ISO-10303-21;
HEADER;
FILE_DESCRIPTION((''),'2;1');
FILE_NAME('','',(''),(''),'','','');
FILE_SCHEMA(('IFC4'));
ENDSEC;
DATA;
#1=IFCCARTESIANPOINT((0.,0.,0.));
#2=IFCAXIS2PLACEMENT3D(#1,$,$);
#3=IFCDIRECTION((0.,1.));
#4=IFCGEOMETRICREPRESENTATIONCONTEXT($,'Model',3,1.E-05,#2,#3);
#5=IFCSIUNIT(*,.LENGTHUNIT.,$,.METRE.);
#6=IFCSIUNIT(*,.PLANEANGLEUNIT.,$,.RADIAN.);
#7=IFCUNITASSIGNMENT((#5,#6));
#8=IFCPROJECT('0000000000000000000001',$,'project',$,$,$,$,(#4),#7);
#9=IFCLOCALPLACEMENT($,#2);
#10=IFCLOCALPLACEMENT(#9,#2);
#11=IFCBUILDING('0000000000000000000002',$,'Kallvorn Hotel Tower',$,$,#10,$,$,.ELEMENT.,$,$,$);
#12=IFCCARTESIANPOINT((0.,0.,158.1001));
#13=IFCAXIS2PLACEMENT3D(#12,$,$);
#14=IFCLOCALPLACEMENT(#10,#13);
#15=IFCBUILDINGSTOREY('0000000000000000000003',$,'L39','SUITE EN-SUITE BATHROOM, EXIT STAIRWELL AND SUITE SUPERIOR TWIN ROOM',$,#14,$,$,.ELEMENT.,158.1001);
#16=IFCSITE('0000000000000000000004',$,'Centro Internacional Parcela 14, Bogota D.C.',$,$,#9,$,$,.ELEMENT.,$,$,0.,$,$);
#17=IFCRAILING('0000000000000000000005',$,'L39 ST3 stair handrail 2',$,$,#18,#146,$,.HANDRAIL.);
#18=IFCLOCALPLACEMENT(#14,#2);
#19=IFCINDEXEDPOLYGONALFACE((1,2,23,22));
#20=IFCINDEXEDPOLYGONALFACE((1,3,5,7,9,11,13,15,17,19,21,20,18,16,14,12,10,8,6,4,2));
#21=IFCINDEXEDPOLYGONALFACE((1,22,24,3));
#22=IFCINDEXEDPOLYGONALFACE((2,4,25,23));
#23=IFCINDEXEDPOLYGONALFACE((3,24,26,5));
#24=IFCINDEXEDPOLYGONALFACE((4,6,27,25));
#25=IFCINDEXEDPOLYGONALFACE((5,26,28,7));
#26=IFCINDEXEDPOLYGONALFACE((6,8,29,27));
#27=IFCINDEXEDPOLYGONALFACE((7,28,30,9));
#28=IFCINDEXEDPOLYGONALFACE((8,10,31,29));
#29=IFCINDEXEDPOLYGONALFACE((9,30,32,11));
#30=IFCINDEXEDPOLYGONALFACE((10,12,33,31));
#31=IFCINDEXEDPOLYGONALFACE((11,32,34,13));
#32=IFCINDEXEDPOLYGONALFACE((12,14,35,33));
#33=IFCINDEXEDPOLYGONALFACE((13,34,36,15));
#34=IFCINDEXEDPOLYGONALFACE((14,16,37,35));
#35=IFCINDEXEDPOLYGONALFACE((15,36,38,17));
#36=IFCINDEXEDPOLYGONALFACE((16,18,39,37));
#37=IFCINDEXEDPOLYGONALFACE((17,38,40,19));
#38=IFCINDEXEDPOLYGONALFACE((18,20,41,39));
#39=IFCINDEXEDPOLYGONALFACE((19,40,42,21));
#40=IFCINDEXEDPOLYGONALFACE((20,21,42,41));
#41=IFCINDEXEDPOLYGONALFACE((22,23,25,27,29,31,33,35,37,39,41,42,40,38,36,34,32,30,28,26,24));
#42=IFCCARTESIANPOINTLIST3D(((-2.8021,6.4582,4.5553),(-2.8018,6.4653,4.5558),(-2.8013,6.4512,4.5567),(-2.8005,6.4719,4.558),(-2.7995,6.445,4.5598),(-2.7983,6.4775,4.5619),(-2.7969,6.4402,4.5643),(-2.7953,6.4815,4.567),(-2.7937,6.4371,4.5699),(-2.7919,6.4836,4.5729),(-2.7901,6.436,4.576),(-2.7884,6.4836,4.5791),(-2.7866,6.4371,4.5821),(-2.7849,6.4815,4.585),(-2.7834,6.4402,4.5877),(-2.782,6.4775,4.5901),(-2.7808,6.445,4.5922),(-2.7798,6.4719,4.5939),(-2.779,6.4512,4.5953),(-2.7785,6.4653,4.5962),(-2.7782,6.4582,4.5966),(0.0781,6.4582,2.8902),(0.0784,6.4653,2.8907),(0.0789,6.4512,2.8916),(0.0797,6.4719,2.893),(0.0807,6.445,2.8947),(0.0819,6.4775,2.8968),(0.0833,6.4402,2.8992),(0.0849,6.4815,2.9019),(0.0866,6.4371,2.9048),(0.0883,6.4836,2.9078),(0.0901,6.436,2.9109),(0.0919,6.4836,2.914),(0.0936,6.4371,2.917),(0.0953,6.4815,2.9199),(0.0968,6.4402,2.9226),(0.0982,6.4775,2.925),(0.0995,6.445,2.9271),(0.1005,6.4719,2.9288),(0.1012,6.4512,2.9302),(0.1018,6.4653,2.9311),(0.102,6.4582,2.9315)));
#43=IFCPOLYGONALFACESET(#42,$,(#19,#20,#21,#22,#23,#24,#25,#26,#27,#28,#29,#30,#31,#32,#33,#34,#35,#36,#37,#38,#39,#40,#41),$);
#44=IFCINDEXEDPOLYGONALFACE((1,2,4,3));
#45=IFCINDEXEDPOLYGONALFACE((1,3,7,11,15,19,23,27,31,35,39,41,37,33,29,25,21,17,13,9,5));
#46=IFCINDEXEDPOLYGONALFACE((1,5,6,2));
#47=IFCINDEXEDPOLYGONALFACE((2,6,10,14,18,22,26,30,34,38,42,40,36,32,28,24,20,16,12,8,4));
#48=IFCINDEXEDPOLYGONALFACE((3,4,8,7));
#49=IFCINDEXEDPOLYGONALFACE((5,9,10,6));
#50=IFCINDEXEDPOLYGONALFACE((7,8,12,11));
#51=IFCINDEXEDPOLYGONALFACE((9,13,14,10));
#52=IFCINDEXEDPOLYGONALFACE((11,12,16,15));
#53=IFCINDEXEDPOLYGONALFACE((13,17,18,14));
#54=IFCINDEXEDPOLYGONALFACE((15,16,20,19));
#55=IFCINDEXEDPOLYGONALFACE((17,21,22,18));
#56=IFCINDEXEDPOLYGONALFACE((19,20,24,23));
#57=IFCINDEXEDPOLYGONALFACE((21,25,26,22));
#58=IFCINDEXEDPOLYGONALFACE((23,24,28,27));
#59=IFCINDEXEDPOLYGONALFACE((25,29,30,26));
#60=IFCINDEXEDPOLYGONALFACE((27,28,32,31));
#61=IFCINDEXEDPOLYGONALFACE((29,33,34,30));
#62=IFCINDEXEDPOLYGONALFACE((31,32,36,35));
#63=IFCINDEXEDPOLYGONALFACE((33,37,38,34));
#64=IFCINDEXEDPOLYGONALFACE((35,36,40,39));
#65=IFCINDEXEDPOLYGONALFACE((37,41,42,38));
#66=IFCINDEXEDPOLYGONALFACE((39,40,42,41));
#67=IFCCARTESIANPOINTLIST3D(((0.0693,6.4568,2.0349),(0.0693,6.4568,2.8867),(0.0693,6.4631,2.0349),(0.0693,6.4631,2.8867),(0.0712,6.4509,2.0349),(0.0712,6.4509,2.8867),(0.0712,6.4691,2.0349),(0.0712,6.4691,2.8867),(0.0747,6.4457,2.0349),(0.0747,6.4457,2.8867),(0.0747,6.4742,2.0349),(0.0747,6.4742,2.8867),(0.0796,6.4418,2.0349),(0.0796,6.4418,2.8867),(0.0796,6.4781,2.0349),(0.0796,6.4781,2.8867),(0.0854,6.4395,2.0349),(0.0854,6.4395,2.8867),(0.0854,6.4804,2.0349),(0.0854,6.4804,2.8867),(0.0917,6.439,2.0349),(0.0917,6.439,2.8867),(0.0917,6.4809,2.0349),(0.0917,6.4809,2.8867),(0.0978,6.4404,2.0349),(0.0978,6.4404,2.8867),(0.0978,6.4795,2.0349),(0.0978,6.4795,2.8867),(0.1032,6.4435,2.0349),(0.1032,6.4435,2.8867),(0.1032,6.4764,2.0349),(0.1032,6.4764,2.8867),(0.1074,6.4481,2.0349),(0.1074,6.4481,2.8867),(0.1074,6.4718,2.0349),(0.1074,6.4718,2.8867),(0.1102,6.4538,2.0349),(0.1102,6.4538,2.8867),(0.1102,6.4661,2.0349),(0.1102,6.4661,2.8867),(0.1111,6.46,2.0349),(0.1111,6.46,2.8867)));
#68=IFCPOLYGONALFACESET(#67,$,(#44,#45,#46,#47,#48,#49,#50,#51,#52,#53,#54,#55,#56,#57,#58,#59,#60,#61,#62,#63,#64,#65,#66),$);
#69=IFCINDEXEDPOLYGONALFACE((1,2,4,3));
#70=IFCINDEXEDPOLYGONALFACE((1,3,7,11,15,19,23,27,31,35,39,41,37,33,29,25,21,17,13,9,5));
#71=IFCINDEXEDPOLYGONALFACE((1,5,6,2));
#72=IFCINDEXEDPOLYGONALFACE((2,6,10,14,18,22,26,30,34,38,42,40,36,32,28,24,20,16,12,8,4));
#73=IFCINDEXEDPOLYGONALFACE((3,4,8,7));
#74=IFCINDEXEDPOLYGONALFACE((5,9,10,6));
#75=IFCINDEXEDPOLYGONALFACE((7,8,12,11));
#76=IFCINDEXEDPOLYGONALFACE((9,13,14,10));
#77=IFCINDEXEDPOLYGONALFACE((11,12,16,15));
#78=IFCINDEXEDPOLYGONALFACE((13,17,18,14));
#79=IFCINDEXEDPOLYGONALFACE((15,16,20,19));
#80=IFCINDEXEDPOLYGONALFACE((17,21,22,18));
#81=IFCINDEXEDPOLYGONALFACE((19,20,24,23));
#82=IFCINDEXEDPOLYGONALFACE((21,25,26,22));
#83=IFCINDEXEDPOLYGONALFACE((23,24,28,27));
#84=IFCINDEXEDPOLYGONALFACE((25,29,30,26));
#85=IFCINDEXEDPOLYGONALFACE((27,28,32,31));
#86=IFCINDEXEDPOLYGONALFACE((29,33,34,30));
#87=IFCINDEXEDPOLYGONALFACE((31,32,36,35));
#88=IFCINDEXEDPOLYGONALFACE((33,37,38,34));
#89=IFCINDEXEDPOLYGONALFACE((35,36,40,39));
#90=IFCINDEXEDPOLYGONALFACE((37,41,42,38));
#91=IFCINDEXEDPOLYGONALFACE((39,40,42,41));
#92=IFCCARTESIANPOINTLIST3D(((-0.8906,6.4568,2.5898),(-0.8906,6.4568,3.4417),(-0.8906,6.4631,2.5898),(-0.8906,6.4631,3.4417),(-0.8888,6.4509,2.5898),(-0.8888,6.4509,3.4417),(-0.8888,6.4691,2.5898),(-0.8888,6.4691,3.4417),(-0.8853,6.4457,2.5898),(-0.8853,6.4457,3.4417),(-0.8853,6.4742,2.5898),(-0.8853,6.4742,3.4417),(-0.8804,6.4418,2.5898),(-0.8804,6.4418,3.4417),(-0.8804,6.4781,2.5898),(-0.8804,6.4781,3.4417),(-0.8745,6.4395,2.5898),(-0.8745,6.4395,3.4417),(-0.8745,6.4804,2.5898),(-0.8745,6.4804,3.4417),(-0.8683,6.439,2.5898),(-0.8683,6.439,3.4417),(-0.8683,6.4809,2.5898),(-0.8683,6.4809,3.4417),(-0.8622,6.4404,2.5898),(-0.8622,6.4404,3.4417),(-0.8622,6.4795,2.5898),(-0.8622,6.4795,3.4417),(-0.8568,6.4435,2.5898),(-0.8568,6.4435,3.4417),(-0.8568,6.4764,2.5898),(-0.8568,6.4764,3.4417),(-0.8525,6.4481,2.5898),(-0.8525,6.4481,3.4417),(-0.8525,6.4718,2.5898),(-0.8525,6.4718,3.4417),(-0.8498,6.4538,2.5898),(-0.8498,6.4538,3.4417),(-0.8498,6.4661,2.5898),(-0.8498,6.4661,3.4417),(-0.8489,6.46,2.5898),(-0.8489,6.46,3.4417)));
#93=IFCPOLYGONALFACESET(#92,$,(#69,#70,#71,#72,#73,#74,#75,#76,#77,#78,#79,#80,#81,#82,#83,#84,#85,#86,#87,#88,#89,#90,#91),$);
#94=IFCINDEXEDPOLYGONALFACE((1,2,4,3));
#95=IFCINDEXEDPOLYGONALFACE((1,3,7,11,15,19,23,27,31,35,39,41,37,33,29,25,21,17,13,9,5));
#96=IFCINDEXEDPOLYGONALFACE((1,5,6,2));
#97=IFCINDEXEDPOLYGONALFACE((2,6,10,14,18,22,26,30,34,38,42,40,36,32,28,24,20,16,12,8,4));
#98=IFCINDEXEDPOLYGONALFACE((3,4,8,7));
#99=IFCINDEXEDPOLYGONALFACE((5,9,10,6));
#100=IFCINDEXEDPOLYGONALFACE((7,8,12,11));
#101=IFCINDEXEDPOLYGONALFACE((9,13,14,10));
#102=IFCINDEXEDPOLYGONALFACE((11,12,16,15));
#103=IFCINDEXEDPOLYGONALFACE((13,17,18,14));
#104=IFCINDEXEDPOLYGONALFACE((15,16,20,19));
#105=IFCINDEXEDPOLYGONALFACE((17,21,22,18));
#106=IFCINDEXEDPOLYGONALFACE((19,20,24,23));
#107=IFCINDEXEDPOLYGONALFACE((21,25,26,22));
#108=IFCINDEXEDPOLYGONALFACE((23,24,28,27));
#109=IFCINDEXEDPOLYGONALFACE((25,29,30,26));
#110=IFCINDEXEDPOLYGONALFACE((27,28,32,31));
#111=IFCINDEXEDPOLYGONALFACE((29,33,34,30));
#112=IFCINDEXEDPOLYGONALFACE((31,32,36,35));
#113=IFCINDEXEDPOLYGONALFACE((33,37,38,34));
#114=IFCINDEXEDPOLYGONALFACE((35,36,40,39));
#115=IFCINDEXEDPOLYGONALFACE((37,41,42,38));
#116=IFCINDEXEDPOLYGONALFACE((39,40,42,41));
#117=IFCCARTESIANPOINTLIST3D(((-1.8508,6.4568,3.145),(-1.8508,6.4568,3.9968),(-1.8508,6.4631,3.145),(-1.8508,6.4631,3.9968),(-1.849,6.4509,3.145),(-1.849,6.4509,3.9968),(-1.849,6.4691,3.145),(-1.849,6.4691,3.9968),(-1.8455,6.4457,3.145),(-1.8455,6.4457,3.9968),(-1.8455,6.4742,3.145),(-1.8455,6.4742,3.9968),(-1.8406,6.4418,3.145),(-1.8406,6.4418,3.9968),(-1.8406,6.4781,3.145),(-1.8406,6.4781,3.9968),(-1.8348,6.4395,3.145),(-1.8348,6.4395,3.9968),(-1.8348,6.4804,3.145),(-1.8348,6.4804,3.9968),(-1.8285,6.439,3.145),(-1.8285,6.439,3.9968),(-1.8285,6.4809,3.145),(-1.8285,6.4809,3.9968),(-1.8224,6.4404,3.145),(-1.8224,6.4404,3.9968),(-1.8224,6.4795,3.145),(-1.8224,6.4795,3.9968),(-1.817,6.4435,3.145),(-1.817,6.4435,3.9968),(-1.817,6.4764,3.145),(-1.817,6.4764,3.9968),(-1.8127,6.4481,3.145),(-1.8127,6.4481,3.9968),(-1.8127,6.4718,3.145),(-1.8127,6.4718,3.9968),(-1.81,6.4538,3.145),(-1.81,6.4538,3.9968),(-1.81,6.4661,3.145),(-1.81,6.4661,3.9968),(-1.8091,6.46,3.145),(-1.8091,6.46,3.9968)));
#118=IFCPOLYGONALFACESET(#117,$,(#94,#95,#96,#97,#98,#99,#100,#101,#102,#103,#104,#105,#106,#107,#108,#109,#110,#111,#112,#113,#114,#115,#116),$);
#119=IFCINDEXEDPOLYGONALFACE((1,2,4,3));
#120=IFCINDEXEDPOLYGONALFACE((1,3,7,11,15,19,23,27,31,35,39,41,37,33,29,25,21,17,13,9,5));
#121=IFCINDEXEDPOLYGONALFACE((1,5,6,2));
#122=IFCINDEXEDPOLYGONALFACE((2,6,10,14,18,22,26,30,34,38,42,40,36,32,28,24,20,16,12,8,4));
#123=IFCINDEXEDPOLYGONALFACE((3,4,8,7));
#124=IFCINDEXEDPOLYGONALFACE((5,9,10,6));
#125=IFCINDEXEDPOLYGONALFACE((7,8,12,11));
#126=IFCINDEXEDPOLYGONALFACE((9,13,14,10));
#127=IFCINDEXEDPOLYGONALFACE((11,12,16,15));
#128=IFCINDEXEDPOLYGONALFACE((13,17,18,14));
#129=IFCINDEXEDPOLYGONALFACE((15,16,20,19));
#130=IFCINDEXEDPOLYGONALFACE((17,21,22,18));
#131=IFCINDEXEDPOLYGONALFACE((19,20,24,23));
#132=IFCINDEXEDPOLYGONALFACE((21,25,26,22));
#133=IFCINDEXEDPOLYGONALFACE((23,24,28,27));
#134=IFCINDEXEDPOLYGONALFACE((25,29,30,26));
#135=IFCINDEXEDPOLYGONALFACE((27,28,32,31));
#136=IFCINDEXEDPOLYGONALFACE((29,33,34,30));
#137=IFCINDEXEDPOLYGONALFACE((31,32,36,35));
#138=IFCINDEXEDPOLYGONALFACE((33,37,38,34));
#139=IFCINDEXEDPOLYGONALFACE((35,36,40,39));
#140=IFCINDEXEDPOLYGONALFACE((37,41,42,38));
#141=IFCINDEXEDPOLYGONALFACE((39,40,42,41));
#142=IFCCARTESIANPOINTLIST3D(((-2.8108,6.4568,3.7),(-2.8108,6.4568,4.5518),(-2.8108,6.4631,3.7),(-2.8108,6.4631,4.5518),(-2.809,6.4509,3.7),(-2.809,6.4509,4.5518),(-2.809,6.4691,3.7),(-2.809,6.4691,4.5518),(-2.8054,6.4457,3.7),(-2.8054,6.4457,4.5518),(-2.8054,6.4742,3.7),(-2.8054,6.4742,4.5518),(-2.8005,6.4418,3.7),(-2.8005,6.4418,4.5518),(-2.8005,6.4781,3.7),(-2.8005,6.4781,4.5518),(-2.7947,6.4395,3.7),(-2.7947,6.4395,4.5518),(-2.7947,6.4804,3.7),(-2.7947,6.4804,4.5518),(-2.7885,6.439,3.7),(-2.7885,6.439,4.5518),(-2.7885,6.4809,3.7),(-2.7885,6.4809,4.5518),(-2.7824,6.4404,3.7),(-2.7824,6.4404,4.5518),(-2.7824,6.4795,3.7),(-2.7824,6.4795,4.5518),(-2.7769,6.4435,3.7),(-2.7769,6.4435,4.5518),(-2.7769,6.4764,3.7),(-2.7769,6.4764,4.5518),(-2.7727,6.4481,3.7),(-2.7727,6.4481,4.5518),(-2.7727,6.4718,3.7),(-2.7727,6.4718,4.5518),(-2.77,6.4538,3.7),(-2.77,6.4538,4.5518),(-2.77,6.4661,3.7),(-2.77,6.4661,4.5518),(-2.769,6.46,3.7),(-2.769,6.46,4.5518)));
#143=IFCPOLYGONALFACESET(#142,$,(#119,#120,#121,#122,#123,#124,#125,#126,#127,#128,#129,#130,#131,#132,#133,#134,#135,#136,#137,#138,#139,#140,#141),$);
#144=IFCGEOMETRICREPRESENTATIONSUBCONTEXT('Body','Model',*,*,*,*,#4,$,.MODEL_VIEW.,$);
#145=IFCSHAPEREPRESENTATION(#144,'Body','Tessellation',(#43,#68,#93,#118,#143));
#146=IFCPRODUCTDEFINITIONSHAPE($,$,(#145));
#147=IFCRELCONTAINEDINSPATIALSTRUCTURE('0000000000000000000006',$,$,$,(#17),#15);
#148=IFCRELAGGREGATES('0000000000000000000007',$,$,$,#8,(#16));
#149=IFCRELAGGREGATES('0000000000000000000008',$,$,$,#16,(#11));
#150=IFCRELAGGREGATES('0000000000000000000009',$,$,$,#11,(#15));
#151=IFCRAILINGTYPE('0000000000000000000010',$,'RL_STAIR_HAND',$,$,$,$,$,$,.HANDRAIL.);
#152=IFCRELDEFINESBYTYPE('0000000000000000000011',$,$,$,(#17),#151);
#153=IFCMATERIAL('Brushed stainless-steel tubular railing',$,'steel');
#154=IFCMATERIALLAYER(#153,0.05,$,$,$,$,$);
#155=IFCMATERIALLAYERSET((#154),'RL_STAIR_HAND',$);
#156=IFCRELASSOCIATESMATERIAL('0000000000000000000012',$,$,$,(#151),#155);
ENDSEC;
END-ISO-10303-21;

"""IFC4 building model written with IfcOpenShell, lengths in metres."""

from ifc_helpers import new_model, si_unit, direction, frame, origin, origin_2d, place, context, subcontext, project, spatial, circle, extrude, material, layer, layer_set, type_object, element, save


model = new_model("IFC4")

# Units and contexts
model_context = context("Model", 3, precision=1e-05, world=origin(), true_north=direction((0.0, 1.0)))
body_context = subcontext(model_context, "Body", "Model", "MODEL_VIEW")
ifc_project = project(units=[si_unit("LENGTHUNIT", "METRE"), si_unit("PLANEANGLEUNIT", "RADIAN")], contexts=[model_context])

# Site, building, storey
site_placement = place(None, origin())
site = spatial("IfcSite", under=ifc_project, at=site_placement, Name="Centro Internacional Parcela 14, Bogota D.C.", CompositionType="ELEMENT", RefElevation=0.0)
building_placement = place(site_placement, origin())
building = spatial("IfcBuilding", under=site, at=building_placement, Name="Kallvorn Hotel Tower", CompositionType="ELEMENT")
storey_placement = place(building_placement, frame((0.0, 0.0, 158.1001)))
storey = spatial("IfcBuildingStorey", under=building, at=storey_placement, Name="L39", Description="SUITE EN-SUITE BATHROOM, EXIT STAIRWELL AND SUITE SUPERIOR TWIN ROOM", CompositionType="ELEMENT", Elevation=158.1001)

# Railing
ifc_material_1 = material(Name="Brushed stainless-steel tubular railing", Category="steel")
ifc_layer_1 = layer(ifc_material_1, 0.05)
ifc_layer_set_1 = layer_set([ifc_layer_1], Name="RL_STAIR_HAND")
railing_type_1 = type_object("IfcRailingType", Name="RL_STAIR_HAND", PredefinedType="HANDRAIL", material=ifc_layer_set_1)
railing_1_placement = place(storey_placement, frame((0.0901, 6.46, 2.0349)))
element("IfcRailing", 1, at=railing_1_placement, inside=storey, type_object=railing_type_1, Name="L39 ST3 stair handrail 2", PredefinedType="HANDRAIL", context=body_context, shape_type="SweptSolid", body=[
    extrude(circle(Radius=0.0239, at=origin_2d()), frame((0.0, 0.0, 0.876), z_axis=(-0.865739, 0.0, 0.500495), x_axis=(0.0, -1.0, 0.0)), (0.0, 0.0, 1.0), 3.3269),
    extrude(circle(Radius=0.021, at=origin_2d()), origin(), (0.0, 0.0, 1.0), 0.8518),
    extrude(circle(Radius=0.021, at=origin_2d()), frame((-0.96, 0.0, 0.5549)), (0.0, 0.0, 1.0), 0.8518),
    extrude(circle(Radius=0.021, at=origin_2d()), frame((-1.9202, 0.0, 1.1101)), (0.0, 0.0, 1.0), 0.8518),
    extrude(circle(Radius=0.021, at=origin_2d()), frame((-2.8801, 0.0, 1.665)), (0.0, 0.0, 1.0), 0.8518),
])

save(model, "model.ifc")
